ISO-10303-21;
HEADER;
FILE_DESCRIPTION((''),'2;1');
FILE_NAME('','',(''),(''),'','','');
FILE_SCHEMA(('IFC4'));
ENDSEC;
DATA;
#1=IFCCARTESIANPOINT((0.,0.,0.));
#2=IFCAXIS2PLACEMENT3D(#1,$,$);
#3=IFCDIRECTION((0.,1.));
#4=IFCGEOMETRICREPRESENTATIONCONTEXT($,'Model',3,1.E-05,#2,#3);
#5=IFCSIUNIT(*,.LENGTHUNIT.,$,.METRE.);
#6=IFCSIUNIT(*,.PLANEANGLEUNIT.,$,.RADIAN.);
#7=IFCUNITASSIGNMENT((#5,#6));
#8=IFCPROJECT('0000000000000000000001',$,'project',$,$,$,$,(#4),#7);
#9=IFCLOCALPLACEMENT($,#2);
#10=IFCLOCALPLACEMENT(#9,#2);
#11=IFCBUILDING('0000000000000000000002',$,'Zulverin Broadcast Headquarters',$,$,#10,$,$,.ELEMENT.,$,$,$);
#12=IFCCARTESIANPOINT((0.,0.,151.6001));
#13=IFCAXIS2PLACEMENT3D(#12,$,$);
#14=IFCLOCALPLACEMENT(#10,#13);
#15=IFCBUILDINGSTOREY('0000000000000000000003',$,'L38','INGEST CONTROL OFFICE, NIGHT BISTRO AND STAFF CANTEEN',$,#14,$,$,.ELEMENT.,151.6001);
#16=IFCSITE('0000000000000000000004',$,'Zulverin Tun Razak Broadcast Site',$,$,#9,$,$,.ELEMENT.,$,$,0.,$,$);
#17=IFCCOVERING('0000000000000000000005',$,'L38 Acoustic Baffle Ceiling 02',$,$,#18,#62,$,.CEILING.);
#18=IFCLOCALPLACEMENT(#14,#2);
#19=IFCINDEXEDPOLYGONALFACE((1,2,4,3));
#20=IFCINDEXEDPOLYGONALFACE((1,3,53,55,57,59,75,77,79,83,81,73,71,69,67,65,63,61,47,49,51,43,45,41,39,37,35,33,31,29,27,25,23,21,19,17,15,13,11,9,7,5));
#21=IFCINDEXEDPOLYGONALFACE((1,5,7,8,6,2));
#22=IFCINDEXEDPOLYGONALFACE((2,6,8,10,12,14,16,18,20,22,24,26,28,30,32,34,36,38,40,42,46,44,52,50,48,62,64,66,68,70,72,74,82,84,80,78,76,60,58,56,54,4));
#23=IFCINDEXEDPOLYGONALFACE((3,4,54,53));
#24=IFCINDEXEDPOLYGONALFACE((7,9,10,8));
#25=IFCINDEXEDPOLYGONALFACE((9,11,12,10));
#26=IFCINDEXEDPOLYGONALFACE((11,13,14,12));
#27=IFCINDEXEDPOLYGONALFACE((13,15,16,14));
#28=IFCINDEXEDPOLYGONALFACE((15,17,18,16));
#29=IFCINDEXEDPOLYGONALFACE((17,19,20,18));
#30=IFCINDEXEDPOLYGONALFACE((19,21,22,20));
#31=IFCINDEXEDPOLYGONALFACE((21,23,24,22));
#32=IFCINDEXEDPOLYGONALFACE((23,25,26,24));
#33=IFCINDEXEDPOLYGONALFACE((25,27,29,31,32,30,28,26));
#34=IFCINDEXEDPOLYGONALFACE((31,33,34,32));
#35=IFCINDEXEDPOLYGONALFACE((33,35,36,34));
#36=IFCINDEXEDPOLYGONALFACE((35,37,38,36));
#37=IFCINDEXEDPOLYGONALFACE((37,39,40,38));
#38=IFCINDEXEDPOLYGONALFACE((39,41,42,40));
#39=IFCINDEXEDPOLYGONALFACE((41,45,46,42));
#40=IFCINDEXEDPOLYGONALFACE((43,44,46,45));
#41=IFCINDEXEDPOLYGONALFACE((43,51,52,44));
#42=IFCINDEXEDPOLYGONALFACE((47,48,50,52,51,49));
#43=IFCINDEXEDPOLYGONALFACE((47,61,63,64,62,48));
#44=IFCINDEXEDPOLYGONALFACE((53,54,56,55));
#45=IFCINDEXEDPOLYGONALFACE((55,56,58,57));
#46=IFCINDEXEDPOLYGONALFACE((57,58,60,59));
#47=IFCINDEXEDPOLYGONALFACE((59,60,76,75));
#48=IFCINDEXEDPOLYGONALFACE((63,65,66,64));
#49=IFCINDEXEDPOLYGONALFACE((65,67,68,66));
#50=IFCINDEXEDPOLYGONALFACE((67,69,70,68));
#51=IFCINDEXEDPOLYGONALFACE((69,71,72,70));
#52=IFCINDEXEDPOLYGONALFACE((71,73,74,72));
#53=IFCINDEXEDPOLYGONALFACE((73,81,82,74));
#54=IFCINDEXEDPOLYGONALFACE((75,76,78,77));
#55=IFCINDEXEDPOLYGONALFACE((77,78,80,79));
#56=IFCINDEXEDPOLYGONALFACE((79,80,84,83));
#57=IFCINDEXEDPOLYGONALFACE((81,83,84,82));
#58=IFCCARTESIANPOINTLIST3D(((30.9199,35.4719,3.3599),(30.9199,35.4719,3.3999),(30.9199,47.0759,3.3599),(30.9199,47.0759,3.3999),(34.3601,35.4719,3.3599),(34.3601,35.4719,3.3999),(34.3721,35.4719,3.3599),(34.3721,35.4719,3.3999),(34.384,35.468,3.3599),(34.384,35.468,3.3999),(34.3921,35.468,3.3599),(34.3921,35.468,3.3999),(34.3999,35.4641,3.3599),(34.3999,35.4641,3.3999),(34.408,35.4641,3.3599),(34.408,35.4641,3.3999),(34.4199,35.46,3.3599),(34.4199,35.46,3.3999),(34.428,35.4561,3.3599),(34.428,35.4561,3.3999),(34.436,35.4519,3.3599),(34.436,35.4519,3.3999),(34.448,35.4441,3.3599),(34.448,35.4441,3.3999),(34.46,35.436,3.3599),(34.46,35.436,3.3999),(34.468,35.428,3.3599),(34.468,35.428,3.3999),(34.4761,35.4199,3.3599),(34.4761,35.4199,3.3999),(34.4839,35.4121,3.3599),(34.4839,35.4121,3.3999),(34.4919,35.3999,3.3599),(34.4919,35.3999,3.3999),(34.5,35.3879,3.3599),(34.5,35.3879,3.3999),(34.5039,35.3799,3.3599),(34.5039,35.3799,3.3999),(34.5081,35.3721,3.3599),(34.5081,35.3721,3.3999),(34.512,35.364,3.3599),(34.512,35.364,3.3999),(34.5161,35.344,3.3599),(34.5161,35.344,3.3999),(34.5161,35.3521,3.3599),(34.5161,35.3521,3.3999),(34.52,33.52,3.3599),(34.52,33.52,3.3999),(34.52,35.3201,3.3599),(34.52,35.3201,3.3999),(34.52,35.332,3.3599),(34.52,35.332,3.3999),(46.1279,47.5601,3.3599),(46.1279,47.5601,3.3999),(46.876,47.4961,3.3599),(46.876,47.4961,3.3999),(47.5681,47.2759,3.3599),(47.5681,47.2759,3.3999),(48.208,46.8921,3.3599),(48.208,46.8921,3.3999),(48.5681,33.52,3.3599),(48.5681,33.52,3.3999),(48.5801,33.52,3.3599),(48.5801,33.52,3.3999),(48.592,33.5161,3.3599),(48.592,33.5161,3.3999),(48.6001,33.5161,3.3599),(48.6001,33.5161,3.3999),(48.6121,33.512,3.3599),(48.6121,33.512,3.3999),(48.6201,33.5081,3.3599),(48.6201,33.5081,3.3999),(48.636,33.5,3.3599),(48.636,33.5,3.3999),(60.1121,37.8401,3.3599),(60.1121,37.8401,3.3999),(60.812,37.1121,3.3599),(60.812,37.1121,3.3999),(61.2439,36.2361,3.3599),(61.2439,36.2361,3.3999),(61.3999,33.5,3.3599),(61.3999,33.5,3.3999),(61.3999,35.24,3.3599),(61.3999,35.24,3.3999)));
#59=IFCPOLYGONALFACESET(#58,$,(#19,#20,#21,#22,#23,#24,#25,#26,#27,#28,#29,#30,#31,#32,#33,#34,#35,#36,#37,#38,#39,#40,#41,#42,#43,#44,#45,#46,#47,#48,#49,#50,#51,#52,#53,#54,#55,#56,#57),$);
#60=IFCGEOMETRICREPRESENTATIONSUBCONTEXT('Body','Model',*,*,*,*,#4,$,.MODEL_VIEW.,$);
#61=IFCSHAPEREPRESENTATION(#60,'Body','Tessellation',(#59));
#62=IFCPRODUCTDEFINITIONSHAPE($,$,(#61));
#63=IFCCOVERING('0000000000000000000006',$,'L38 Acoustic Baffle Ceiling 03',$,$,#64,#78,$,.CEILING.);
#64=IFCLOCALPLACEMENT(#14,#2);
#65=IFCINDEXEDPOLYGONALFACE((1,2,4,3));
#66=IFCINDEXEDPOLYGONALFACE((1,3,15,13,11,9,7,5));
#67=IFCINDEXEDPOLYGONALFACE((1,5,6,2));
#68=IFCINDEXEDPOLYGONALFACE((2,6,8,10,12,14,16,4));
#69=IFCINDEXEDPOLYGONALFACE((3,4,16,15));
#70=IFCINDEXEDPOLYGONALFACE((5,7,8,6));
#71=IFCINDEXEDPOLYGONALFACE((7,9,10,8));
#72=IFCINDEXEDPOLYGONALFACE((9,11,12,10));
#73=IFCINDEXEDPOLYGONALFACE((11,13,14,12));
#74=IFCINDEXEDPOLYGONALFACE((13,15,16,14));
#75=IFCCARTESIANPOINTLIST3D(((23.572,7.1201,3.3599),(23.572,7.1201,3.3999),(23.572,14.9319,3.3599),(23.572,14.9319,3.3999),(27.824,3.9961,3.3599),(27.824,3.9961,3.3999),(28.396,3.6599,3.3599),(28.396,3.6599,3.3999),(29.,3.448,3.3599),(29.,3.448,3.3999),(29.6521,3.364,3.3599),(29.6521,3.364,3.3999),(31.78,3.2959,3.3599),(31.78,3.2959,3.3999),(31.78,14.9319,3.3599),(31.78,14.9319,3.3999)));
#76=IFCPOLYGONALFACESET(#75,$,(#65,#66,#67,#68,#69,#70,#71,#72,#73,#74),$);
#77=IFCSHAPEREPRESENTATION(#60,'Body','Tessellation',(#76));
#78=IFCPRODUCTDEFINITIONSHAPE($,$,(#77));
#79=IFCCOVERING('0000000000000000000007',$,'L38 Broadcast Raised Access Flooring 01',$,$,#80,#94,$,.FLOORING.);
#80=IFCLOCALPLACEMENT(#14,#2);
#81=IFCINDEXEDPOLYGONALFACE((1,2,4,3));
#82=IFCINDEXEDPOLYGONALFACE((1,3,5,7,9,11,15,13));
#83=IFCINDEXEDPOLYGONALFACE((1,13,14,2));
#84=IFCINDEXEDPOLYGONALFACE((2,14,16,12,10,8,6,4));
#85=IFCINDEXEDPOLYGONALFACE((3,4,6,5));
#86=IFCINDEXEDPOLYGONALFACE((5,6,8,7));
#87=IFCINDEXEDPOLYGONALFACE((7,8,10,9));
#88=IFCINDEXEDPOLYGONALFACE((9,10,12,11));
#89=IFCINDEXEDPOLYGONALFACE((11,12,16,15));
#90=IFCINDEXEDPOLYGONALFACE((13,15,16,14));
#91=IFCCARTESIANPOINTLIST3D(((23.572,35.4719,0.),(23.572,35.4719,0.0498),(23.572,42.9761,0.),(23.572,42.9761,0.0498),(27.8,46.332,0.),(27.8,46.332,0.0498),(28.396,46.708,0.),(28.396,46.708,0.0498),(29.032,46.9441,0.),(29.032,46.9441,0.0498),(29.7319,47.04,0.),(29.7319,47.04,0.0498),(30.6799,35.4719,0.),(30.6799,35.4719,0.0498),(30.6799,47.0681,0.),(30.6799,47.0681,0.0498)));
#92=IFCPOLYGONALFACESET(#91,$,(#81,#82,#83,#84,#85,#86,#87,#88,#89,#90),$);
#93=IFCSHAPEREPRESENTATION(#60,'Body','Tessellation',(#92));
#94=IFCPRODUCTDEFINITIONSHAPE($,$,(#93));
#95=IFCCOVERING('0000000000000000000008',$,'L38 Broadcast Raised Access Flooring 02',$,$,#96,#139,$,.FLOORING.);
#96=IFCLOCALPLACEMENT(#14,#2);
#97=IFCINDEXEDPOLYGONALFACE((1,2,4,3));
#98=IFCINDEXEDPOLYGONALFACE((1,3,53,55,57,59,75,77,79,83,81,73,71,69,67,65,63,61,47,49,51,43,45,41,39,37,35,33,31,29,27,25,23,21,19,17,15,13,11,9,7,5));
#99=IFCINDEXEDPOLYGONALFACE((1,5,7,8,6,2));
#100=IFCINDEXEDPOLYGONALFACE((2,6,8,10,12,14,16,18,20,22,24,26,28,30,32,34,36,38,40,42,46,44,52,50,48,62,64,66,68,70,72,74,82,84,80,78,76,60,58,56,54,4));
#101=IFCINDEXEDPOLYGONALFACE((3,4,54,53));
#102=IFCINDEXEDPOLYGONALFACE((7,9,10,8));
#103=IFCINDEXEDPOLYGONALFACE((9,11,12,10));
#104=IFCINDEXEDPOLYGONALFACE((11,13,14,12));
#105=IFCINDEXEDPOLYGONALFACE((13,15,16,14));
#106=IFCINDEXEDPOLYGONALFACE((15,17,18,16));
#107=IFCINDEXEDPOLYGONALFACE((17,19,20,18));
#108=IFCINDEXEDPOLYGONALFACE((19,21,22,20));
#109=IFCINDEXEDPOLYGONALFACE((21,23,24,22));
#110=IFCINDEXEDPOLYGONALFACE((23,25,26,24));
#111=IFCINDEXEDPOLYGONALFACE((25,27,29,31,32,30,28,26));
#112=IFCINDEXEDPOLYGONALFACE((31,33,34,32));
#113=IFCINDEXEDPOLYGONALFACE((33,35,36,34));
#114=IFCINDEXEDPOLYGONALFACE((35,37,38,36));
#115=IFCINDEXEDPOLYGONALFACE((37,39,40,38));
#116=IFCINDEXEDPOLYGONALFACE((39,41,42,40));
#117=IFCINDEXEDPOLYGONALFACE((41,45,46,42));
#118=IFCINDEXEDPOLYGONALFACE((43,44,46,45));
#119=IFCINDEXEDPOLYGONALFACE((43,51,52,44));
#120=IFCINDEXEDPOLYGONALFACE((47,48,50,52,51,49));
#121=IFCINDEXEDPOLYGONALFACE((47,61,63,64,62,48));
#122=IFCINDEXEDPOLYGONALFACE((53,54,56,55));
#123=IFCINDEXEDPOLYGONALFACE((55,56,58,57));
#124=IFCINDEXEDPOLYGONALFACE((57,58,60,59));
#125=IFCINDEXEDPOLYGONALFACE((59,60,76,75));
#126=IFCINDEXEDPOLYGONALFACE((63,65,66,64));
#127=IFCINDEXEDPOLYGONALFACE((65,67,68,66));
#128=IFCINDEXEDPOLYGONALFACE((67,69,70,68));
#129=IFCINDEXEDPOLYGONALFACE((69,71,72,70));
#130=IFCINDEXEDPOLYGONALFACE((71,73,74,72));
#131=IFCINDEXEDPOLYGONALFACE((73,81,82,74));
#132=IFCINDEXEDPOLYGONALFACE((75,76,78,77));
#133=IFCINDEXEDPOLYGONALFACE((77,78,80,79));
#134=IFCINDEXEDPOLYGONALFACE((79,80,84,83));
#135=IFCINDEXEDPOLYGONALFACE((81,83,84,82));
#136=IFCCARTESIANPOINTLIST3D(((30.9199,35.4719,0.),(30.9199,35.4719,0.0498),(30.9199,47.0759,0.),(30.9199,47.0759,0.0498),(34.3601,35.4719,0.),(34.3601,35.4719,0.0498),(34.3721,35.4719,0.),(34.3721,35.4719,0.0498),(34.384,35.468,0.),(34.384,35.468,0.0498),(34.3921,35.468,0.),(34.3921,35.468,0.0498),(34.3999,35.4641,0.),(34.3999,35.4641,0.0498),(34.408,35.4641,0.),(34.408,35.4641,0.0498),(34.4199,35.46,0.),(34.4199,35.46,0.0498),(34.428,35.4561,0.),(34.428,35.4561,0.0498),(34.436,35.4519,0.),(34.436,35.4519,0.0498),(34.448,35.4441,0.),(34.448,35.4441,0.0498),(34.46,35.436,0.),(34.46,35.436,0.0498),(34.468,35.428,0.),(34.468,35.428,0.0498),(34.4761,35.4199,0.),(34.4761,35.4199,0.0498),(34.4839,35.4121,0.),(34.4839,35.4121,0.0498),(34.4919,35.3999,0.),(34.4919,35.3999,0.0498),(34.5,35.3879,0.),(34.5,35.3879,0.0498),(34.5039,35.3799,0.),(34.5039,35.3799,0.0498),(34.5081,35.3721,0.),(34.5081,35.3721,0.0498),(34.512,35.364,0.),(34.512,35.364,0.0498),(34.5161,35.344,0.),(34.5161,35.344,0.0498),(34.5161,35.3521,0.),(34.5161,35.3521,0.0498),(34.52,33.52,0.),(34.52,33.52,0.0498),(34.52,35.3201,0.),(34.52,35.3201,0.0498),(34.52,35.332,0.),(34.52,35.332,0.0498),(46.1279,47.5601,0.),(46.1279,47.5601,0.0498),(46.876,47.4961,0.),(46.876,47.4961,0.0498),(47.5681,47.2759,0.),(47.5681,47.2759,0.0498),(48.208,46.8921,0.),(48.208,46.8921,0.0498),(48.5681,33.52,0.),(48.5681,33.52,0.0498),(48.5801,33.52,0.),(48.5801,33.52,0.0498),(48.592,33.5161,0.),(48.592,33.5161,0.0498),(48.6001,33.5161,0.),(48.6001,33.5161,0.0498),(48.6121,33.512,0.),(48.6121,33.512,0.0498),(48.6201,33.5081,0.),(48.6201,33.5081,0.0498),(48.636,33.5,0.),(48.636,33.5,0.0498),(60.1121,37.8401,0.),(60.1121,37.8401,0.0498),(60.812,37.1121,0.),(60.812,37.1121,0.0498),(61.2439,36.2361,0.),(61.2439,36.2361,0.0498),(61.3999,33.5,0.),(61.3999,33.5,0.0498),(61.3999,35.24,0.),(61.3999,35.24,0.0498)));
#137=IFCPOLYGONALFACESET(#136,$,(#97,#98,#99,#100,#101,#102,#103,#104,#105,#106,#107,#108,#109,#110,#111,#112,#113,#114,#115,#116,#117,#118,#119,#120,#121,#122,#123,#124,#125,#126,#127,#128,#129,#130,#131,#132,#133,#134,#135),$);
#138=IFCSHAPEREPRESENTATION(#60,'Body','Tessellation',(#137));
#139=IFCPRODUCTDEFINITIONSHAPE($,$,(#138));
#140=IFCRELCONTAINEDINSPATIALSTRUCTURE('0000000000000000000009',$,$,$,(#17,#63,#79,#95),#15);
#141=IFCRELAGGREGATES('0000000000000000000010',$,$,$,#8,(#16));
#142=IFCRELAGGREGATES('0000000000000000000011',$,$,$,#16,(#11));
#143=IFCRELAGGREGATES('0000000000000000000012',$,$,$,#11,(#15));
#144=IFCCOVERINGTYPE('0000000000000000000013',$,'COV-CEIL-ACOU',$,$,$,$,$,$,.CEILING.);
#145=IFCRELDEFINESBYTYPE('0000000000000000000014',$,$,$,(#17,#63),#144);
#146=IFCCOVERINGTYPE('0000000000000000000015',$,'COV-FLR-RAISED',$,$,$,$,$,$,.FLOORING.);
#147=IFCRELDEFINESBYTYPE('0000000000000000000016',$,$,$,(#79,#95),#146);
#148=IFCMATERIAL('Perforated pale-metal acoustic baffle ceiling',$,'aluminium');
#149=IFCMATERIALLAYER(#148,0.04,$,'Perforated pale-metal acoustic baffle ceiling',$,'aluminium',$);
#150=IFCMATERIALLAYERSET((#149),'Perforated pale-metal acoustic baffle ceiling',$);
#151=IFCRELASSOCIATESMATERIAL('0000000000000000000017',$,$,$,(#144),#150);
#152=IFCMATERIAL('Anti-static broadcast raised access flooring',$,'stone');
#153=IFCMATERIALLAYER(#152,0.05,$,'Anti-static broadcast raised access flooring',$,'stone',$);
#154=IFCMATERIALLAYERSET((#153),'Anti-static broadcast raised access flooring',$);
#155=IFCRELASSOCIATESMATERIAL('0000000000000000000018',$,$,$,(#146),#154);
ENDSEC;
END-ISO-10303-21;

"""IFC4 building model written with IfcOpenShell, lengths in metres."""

from ifc_helpers import new_model, si_unit, direction, frame, origin, place, context, subcontext, project, spatial, polyline, outline, extrude, material, layer, layer_set, type_object, element, save


model = new_model("IFC4")

# Units and contexts
model_context = context("Model", 3, precision=1e-05, world=origin(), true_north=direction((0.0, 1.0)))
body_context = subcontext(model_context, "Body", "Model", "MODEL_VIEW")
ifc_project = project(units=[si_unit("LENGTHUNIT", "METRE"), si_unit("PLANEANGLEUNIT", "RADIAN")], contexts=[model_context])

# Site, building, storey
site_placement = place(None, origin())
site = spatial("IfcSite", under=ifc_project, at=site_placement, Name="Zulverin Tun Razak Broadcast Site", CompositionType="ELEMENT", RefElevation=0.0)
building_placement = place(site_placement, origin())
building = spatial("IfcBuilding", under=site, at=building_placement, Name="Zulverin Broadcast Headquarters", CompositionType="ELEMENT")
storey_placement = place(building_placement, frame((0.0, 0.0, 151.6001)))
storey = spatial("IfcBuildingStorey", under=building, at=storey_placement, Name="L38", Description="INGEST CONTROL OFFICE, NIGHT BISTRO AND STAFF CANTEEN", CompositionType="ELEMENT", Elevation=151.6001)

# Coverings
ifc_material_1 = material(Name="Perforated pale-metal acoustic baffle ceiling", Category="aluminium")
ifc_layer_1 = layer(ifc_material_1, 0.04, Name="Perforated pale-metal acoustic baffle ceiling", Category="aluminium")
ifc_layer_set_1 = layer_set([ifc_layer_1], Name="Perforated pale-metal acoustic baffle ceiling")
covering_type_1 = type_object("IfcCoveringType", Name="COV-CEIL-ACOU", PredefinedType="CEILING", material=ifc_layer_set_1)
covering_1_placement = place(storey_placement, frame((0.0, 0.0, 3.3599)))
element("IfcCovering", 1, at=covering_1_placement, inside=storey, type_object=covering_type_1, Name="L38 Acoustic Baffle Ceiling 02", PredefinedType="CEILING", context=body_context, shape_type="SweptSolid", body=[
    extrude(outline(polyline([(34.3721, 35.4719), (34.384, 35.468), (34.3921, 35.468), (34.3999, 35.4641), (34.408, 35.4641), (34.4199, 35.46), (34.428, 35.4561), (34.436, 35.4519), (34.448, 35.4441), (34.46, 35.436), (34.468, 35.428), (34.4761, 35.4199), (34.4839, 35.4121), (34.4919, 35.3999), (34.5, 35.3879), (34.5039, 35.3799), (34.5081, 35.3721), (34.512, 35.364), (34.5161, 35.3521), (34.5161, 35.344), (34.52, 35.332), (34.52, 35.3201), (34.52, 33.52), (48.5681, 33.52), (48.5801, 33.52), (48.592, 33.5161), (48.6001, 33.5161), (48.6121, 33.512), (48.6201, 33.5081), (48.636, 33.5), (61.3999, 33.5), (61.3999, 35.24), (61.2439, 36.2361), (60.812, 37.1121), (60.1121, 37.8401), (48.208, 46.8921), (47.5681, 47.2759), (46.876, 47.4961), (46.1279, 47.5601), (30.9199, 47.0759), (30.9199, 35.4719), (34.3601, 35.4719), (34.3721, 35.4719)])), origin(), (0.0, 0.0, 1.0), 0.04),
])
covering_2_placement = place(storey_placement, frame((0.0, 0.0, 3.3599)))
element("IfcCovering", 2, at=covering_2_placement, inside=storey, type_object=covering_type_1, Name="L38 Acoustic Baffle Ceiling 03", PredefinedType="CEILING", context=body_context, shape_type="SweptSolid", body=[
    extrude(outline(polyline([(28.396, 3.6599), (29.0, 3.448), (29.6521, 3.364), (31.78, 3.2959), (31.78, 14.9319), (23.572, 14.9319), (23.572, 7.1201), (27.824, 3.9961), (28.396, 3.6599)])), origin(), (0.0, 0.0, 1.0), 0.04),
])
ifc_material_2 = material(Name="Anti-static broadcast raised access flooring", Category="stone")
ifc_layer_2 = layer(ifc_material_2, 0.05, Name="Anti-static broadcast raised access flooring", Category="stone")
ifc_layer_set_2 = layer_set([ifc_layer_2], Name="Anti-static broadcast raised access flooring")
covering_type_2 = type_object("IfcCoveringType", Name="COV-FLR-RAISED", PredefinedType="FLOORING", material=ifc_layer_set_2)
covering_3_placement = place(storey_placement, origin())
element("IfcCovering", 3, at=covering_3_placement, inside=storey, type_object=covering_type_2, Name="L38 Broadcast Raised Access Flooring 01", PredefinedType="FLOORING", context=body_context, shape_type="SweptSolid", body=[
    extrude(outline(polyline([(30.6799, 35.4719), (30.6799, 47.0681), (29.7319, 47.04), (29.032, 46.9441), (28.396, 46.708), (27.8, 46.332), (23.572, 42.9761), (23.572, 35.4719), (30.6799, 35.4719)])), origin(), (0.0, 0.0, 1.0), 0.0498),
])
covering_4_placement = place(storey_placement, origin())
element("IfcCovering", 4, at=covering_4_placement, inside=storey, type_object=covering_type_2, Name="L38 Broadcast Raised Access Flooring 02", PredefinedType="FLOORING", context=body_context, shape_type="SweptSolid", body=[
    extrude(outline(polyline([(34.3721, 35.4719), (34.384, 35.468), (34.3921, 35.468), (34.3999, 35.4641), (34.408, 35.4641), (34.4199, 35.46), (34.428, 35.4561), (34.436, 35.4519), (34.448, 35.4441), (34.46, 35.436), (34.468, 35.428), (34.4761, 35.4199), (34.4839, 35.4121), (34.4919, 35.3999), (34.5, 35.3879), (34.5039, 35.3799), (34.5081, 35.3721), (34.512, 35.364), (34.5161, 35.3521), (34.5161, 35.344), (34.52, 35.332), (34.52, 35.3201), (34.52, 33.52), (48.5681, 33.52), (48.5801, 33.52), (48.592, 33.5161), (48.6001, 33.5161), (48.6121, 33.512), (48.6201, 33.5081), (48.636, 33.5), (61.3999, 33.5), (61.3999, 35.24), (61.2439, 36.2361), (60.812, 37.1121), (60.1121, 37.8401), (48.208, 46.8921), (47.5681, 47.2759), (46.876, 47.4961), (46.1279, 47.5601), (30.9199, 47.0759), (30.9199, 35.4719), (34.3601, 35.4719), (34.3721, 35.4719)])), origin(), (0.0, 0.0, 1.0), 0.0498),
])

save(model, "model.ifc")
